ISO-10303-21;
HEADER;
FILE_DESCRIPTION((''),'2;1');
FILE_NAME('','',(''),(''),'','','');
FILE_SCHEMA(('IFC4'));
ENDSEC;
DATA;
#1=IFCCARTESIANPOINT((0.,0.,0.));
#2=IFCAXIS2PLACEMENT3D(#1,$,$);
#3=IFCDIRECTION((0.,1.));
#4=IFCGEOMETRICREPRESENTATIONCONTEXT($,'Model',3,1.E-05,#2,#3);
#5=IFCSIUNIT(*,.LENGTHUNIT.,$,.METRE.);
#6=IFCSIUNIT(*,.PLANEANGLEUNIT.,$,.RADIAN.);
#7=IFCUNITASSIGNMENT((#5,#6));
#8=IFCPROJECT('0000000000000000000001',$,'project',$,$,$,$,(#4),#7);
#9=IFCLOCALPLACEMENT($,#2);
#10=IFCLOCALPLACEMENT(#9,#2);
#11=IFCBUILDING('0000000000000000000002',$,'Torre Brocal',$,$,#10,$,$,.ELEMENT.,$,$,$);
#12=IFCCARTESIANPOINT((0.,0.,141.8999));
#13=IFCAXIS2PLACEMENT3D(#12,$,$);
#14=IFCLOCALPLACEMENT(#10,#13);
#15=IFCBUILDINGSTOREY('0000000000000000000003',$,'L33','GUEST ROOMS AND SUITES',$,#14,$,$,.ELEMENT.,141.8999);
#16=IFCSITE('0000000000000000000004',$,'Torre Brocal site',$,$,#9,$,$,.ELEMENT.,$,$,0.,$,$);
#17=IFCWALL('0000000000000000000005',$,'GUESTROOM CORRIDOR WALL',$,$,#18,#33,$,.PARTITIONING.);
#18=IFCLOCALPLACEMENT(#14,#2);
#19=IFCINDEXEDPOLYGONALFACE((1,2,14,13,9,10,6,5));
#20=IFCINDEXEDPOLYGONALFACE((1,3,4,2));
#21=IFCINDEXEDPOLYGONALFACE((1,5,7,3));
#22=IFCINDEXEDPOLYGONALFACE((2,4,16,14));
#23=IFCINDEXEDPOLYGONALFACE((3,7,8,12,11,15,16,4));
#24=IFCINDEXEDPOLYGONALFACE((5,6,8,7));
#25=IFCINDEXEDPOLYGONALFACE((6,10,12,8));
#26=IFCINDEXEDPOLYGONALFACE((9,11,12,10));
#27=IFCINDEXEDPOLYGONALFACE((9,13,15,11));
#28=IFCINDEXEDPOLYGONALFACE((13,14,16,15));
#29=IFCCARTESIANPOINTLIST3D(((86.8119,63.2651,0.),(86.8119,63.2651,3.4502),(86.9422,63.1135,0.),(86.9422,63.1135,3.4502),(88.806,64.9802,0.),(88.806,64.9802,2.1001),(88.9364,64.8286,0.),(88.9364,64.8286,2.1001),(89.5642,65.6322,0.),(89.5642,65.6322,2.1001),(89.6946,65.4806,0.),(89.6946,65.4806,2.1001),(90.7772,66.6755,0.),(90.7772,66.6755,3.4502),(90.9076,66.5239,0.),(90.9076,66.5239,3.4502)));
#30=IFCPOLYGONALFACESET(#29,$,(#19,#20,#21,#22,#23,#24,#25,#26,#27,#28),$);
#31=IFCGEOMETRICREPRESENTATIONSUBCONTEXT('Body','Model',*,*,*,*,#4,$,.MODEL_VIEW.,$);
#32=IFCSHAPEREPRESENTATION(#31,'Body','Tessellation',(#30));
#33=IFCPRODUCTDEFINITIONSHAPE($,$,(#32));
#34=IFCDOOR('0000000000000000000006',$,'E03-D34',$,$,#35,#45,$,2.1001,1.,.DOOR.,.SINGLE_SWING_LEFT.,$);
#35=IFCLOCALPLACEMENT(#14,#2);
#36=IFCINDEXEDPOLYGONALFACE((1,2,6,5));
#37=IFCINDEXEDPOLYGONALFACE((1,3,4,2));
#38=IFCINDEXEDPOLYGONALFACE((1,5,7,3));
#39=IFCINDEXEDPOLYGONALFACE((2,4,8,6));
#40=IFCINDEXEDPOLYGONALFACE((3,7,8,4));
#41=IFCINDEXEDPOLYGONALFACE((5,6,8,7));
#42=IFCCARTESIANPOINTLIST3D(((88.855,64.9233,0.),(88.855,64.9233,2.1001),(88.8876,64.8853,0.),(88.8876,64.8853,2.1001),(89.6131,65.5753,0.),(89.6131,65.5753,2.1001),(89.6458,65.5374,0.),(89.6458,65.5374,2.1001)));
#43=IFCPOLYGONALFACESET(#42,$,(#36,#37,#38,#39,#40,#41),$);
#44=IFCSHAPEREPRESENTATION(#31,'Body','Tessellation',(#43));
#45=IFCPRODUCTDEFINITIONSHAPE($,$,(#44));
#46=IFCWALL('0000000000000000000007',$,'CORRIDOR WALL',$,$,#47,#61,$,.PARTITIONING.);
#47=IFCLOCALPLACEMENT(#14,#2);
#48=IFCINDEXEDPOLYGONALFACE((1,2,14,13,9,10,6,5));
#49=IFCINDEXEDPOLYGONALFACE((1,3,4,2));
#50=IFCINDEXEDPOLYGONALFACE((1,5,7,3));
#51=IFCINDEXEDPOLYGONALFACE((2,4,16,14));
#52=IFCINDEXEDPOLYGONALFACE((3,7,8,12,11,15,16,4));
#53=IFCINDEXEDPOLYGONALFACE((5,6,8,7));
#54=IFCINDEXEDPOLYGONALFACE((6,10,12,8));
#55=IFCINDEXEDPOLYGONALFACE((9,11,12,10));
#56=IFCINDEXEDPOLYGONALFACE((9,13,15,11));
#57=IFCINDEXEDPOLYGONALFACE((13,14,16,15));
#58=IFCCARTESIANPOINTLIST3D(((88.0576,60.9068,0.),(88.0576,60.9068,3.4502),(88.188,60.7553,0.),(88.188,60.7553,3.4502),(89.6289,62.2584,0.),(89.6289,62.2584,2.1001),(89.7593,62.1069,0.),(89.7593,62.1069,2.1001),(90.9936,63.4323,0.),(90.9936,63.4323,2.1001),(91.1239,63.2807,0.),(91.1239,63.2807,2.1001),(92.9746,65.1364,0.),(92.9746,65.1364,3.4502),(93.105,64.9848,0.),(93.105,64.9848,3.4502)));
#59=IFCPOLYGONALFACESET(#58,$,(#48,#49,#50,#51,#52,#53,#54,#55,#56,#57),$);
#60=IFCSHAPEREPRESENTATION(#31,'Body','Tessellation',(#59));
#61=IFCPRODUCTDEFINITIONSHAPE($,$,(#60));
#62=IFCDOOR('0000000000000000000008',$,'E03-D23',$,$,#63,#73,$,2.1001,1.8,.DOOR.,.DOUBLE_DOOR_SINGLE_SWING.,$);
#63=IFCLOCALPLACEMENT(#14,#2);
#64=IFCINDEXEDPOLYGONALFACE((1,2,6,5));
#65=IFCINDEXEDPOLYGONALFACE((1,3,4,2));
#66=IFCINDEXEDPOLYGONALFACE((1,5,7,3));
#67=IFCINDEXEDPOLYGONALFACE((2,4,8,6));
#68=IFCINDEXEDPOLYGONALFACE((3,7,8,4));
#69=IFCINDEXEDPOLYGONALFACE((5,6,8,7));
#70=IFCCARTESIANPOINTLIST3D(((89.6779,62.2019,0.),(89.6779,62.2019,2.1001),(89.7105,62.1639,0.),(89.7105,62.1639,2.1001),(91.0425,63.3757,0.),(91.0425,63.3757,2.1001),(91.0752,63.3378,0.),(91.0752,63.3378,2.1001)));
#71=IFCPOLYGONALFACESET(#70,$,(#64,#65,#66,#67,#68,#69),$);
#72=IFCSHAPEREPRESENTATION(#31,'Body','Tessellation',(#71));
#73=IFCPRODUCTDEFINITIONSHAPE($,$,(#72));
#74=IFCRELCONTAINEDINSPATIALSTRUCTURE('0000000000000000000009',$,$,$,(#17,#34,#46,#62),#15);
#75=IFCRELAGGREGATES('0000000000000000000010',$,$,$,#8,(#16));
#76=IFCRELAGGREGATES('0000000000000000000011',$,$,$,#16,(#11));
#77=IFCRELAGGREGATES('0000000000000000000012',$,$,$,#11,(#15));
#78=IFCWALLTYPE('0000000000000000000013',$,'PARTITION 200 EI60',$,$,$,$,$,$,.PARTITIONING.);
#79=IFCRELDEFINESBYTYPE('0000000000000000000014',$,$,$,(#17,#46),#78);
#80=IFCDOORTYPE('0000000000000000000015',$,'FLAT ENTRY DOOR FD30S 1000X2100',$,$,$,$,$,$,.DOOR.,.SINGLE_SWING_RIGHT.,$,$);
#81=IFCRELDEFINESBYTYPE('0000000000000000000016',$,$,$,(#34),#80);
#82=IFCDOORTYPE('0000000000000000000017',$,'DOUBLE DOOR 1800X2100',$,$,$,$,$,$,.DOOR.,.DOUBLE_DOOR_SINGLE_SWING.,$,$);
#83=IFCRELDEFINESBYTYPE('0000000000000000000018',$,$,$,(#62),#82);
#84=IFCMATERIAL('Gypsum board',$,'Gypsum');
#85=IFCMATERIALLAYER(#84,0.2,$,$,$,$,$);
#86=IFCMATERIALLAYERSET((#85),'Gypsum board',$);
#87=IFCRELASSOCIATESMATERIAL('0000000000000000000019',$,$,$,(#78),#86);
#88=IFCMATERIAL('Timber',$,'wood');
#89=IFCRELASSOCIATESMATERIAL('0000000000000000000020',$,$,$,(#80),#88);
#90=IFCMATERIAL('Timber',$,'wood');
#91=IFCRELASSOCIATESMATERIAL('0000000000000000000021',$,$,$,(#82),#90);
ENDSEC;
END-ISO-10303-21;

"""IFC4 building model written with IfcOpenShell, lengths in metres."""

from ifc_helpers import new_model, si_unit, direction, frame, frame_2d, origin, place, context, subcontext, project, spatial, rectangle, extrude, material, layer, layer_set, type_object, element, fill, save


model = new_model("IFC4")

# Units and contexts
model_context = context("Model", 3, precision=1e-05, world=origin(), true_north=direction((0.0, 1.0)))
body_context = subcontext(model_context, "Body", "Model", "MODEL_VIEW")
ifc_project = project(units=[si_unit("LENGTHUNIT", "METRE"), si_unit("PLANEANGLEUNIT", "RADIAN")], contexts=[model_context])

# Site, building, storey
site_placement = place(None, origin())
site = spatial("IfcSite", under=ifc_project, at=site_placement, Name="Torre Brocal site", CompositionType="ELEMENT", RefElevation=0.0)
building_placement = place(site_placement, origin())
building = spatial("IfcBuilding", under=site, at=building_placement, Name="Torre Brocal", CompositionType="ELEMENT")
storey_placement = place(building_placement, frame((0.0, 0.0, 141.8999)))
storey = spatial("IfcBuildingStorey", under=building, at=storey_placement, Name="L33", Description="GUEST ROOMS AND SUITES", CompositionType="ELEMENT", Elevation=141.8999)

# Shared definitions
ifc_material_1 = material(Name="Gypsum board", Category="Gypsum")
ifc_layer_1 = layer(ifc_material_1, 0.2)
ifc_layer_set_1 = layer_set([ifc_layer_1], Name="Gypsum board")
wall_type_1 = type_object("IfcWallType", Name="PARTITION 200 EI60", PredefinedType="PARTITIONING", material=ifc_layer_set_1)

# Walls, openings, doors
wall_1_placement = place(storey_placement, frame((86.877, 63.1892, 0.0), z_axis=(0.0, 0.0, 1.0), x_axis=(0.758165, 0.652063, 0.0)))
wall_1 = element("IfcWall", 1, at=wall_1_placement, inside=storey, type_object=wall_type_1, Name="GUESTROOM CORRIDOR WALL", PredefinedType="PARTITIONING", context=body_context, shape_type="SweptSolid", body=[
    extrude(rectangle(XDim=5.2302, YDim=0.2, at=frame_2d((2.6152, 0.0))), origin(), (0.0, 0.0, 1.0), 3.4502),
])
opening_1_placement = place(wall_1_placement, frame((2.6304, 0.0, 0.0)))
opening_1 = element("IfcOpeningElement", 2, at=opening_1_placement, cuts=wall_1, PredefinedType="OPENING", context=body_context, shape_type="SweptSolid", body=[
    extrude(rectangle(XDim=1.0, YDim=2.1001, at=frame_2d((0.5, 1.05))), frame((0.0, 0.1099, 0.0), z_axis=(0.0, -1.0, 0.0), x_axis=(1.0, 0.0, 0.0)), (0.0, 0.0, 1.0), 0.22),
])
ifc_material_2 = material(Name="Timber", Category="wood")
door_type_1 = type_object("IfcDoorType", Name="FLAT ENTRY DOOR FD30S 1000X2100", OperationType="SINGLE_SWING_RIGHT", PredefinedType="DOOR", material=ifc_material_2)
door_1_placement = place(opening_1_placement, origin())
door_1 = element("IfcDoor", 3, at=door_1_placement, inside=storey, type_object=door_type_1, Name="E03-D34", OperationType="SINGLE_SWING_LEFT", OverallHeight=2.1001, OverallWidth=1.0, PredefinedType="DOOR", context=body_context, shape_type="SweptSolid", body=[
    extrude(rectangle(XDim=1.0, YDim=2.1001, at=frame_2d((0.5, 1.05))), frame((0.0, 0.0249, 0.0), z_axis=(0.0, -1.0, 0.0), x_axis=(1.0, 0.0, 0.0)), (0.0, 0.0, 1.0), 0.05),
])
fill(opening_1, door_1)
wall_2_placement = place(storey_placement, frame((88.1228, 60.8311, 0.0), z_axis=(0.0, 0.0, 1.0), x_axis=(0.758118, 0.652117, 0.0)))
wall_2 = element("IfcWall", 4, at=wall_2_placement, inside=storey, type_object=wall_type_1, Name="CORRIDOR WALL", PredefinedType="PARTITIONING", context=body_context, shape_type="SweptSolid", body=[
    extrude(rectangle(XDim=6.4858, YDim=0.2, at=frame_2d((3.2429, 0.0))), origin(), (0.0, 0.0, 1.0), 3.4502),
])
opening_2_placement = place(wall_2_placement, frame((2.0728, 0.0, 0.0)))
opening_2 = element("IfcOpeningElement", 5, at=opening_2_placement, cuts=wall_2, PredefinedType="OPENING", context=body_context, shape_type="SweptSolid", body=[
    extrude(rectangle(XDim=1.8, YDim=2.1001, at=frame_2d((0.8999, 1.05))), frame((0.0, 0.1099, 0.0), z_axis=(0.0, -1.0, 0.0), x_axis=(1.0, 0.0, 0.0)), (0.0, 0.0, 1.0), 0.22),
])
ifc_material_3 = material(Name="Timber", Category="wood")
door_type_2 = type_object("IfcDoorType", Name="DOUBLE DOOR 1800X2100", OperationType="DOUBLE_DOOR_SINGLE_SWING", PredefinedType="DOOR", material=ifc_material_3)
door_2_placement = place(opening_2_placement, frame((1.8, 0.0, 0.0), z_axis=(0.0, 0.0, 1.0), x_axis=(-1.0, 0.0, 0.0)))
door_2 = element("IfcDoor", 6, at=door_2_placement, inside=storey, type_object=door_type_2, Name="E03-D23", OperationType="DOUBLE_DOOR_SINGLE_SWING", OverallHeight=2.1001, OverallWidth=1.8, PredefinedType="DOOR", context=body_context, shape_type="SweptSolid", body=[
    extrude(rectangle(XDim=1.8, YDim=2.1001, at=frame_2d((0.8999, 1.05))), frame((0.0, 0.0249, 0.0), z_axis=(0.0, -1.0, 0.0), x_axis=(1.0, 0.0, 0.0)), (0.0, 0.0, 1.0), 0.05),
])
fill(opening_2, door_2)

save(model, "model.ifc")
